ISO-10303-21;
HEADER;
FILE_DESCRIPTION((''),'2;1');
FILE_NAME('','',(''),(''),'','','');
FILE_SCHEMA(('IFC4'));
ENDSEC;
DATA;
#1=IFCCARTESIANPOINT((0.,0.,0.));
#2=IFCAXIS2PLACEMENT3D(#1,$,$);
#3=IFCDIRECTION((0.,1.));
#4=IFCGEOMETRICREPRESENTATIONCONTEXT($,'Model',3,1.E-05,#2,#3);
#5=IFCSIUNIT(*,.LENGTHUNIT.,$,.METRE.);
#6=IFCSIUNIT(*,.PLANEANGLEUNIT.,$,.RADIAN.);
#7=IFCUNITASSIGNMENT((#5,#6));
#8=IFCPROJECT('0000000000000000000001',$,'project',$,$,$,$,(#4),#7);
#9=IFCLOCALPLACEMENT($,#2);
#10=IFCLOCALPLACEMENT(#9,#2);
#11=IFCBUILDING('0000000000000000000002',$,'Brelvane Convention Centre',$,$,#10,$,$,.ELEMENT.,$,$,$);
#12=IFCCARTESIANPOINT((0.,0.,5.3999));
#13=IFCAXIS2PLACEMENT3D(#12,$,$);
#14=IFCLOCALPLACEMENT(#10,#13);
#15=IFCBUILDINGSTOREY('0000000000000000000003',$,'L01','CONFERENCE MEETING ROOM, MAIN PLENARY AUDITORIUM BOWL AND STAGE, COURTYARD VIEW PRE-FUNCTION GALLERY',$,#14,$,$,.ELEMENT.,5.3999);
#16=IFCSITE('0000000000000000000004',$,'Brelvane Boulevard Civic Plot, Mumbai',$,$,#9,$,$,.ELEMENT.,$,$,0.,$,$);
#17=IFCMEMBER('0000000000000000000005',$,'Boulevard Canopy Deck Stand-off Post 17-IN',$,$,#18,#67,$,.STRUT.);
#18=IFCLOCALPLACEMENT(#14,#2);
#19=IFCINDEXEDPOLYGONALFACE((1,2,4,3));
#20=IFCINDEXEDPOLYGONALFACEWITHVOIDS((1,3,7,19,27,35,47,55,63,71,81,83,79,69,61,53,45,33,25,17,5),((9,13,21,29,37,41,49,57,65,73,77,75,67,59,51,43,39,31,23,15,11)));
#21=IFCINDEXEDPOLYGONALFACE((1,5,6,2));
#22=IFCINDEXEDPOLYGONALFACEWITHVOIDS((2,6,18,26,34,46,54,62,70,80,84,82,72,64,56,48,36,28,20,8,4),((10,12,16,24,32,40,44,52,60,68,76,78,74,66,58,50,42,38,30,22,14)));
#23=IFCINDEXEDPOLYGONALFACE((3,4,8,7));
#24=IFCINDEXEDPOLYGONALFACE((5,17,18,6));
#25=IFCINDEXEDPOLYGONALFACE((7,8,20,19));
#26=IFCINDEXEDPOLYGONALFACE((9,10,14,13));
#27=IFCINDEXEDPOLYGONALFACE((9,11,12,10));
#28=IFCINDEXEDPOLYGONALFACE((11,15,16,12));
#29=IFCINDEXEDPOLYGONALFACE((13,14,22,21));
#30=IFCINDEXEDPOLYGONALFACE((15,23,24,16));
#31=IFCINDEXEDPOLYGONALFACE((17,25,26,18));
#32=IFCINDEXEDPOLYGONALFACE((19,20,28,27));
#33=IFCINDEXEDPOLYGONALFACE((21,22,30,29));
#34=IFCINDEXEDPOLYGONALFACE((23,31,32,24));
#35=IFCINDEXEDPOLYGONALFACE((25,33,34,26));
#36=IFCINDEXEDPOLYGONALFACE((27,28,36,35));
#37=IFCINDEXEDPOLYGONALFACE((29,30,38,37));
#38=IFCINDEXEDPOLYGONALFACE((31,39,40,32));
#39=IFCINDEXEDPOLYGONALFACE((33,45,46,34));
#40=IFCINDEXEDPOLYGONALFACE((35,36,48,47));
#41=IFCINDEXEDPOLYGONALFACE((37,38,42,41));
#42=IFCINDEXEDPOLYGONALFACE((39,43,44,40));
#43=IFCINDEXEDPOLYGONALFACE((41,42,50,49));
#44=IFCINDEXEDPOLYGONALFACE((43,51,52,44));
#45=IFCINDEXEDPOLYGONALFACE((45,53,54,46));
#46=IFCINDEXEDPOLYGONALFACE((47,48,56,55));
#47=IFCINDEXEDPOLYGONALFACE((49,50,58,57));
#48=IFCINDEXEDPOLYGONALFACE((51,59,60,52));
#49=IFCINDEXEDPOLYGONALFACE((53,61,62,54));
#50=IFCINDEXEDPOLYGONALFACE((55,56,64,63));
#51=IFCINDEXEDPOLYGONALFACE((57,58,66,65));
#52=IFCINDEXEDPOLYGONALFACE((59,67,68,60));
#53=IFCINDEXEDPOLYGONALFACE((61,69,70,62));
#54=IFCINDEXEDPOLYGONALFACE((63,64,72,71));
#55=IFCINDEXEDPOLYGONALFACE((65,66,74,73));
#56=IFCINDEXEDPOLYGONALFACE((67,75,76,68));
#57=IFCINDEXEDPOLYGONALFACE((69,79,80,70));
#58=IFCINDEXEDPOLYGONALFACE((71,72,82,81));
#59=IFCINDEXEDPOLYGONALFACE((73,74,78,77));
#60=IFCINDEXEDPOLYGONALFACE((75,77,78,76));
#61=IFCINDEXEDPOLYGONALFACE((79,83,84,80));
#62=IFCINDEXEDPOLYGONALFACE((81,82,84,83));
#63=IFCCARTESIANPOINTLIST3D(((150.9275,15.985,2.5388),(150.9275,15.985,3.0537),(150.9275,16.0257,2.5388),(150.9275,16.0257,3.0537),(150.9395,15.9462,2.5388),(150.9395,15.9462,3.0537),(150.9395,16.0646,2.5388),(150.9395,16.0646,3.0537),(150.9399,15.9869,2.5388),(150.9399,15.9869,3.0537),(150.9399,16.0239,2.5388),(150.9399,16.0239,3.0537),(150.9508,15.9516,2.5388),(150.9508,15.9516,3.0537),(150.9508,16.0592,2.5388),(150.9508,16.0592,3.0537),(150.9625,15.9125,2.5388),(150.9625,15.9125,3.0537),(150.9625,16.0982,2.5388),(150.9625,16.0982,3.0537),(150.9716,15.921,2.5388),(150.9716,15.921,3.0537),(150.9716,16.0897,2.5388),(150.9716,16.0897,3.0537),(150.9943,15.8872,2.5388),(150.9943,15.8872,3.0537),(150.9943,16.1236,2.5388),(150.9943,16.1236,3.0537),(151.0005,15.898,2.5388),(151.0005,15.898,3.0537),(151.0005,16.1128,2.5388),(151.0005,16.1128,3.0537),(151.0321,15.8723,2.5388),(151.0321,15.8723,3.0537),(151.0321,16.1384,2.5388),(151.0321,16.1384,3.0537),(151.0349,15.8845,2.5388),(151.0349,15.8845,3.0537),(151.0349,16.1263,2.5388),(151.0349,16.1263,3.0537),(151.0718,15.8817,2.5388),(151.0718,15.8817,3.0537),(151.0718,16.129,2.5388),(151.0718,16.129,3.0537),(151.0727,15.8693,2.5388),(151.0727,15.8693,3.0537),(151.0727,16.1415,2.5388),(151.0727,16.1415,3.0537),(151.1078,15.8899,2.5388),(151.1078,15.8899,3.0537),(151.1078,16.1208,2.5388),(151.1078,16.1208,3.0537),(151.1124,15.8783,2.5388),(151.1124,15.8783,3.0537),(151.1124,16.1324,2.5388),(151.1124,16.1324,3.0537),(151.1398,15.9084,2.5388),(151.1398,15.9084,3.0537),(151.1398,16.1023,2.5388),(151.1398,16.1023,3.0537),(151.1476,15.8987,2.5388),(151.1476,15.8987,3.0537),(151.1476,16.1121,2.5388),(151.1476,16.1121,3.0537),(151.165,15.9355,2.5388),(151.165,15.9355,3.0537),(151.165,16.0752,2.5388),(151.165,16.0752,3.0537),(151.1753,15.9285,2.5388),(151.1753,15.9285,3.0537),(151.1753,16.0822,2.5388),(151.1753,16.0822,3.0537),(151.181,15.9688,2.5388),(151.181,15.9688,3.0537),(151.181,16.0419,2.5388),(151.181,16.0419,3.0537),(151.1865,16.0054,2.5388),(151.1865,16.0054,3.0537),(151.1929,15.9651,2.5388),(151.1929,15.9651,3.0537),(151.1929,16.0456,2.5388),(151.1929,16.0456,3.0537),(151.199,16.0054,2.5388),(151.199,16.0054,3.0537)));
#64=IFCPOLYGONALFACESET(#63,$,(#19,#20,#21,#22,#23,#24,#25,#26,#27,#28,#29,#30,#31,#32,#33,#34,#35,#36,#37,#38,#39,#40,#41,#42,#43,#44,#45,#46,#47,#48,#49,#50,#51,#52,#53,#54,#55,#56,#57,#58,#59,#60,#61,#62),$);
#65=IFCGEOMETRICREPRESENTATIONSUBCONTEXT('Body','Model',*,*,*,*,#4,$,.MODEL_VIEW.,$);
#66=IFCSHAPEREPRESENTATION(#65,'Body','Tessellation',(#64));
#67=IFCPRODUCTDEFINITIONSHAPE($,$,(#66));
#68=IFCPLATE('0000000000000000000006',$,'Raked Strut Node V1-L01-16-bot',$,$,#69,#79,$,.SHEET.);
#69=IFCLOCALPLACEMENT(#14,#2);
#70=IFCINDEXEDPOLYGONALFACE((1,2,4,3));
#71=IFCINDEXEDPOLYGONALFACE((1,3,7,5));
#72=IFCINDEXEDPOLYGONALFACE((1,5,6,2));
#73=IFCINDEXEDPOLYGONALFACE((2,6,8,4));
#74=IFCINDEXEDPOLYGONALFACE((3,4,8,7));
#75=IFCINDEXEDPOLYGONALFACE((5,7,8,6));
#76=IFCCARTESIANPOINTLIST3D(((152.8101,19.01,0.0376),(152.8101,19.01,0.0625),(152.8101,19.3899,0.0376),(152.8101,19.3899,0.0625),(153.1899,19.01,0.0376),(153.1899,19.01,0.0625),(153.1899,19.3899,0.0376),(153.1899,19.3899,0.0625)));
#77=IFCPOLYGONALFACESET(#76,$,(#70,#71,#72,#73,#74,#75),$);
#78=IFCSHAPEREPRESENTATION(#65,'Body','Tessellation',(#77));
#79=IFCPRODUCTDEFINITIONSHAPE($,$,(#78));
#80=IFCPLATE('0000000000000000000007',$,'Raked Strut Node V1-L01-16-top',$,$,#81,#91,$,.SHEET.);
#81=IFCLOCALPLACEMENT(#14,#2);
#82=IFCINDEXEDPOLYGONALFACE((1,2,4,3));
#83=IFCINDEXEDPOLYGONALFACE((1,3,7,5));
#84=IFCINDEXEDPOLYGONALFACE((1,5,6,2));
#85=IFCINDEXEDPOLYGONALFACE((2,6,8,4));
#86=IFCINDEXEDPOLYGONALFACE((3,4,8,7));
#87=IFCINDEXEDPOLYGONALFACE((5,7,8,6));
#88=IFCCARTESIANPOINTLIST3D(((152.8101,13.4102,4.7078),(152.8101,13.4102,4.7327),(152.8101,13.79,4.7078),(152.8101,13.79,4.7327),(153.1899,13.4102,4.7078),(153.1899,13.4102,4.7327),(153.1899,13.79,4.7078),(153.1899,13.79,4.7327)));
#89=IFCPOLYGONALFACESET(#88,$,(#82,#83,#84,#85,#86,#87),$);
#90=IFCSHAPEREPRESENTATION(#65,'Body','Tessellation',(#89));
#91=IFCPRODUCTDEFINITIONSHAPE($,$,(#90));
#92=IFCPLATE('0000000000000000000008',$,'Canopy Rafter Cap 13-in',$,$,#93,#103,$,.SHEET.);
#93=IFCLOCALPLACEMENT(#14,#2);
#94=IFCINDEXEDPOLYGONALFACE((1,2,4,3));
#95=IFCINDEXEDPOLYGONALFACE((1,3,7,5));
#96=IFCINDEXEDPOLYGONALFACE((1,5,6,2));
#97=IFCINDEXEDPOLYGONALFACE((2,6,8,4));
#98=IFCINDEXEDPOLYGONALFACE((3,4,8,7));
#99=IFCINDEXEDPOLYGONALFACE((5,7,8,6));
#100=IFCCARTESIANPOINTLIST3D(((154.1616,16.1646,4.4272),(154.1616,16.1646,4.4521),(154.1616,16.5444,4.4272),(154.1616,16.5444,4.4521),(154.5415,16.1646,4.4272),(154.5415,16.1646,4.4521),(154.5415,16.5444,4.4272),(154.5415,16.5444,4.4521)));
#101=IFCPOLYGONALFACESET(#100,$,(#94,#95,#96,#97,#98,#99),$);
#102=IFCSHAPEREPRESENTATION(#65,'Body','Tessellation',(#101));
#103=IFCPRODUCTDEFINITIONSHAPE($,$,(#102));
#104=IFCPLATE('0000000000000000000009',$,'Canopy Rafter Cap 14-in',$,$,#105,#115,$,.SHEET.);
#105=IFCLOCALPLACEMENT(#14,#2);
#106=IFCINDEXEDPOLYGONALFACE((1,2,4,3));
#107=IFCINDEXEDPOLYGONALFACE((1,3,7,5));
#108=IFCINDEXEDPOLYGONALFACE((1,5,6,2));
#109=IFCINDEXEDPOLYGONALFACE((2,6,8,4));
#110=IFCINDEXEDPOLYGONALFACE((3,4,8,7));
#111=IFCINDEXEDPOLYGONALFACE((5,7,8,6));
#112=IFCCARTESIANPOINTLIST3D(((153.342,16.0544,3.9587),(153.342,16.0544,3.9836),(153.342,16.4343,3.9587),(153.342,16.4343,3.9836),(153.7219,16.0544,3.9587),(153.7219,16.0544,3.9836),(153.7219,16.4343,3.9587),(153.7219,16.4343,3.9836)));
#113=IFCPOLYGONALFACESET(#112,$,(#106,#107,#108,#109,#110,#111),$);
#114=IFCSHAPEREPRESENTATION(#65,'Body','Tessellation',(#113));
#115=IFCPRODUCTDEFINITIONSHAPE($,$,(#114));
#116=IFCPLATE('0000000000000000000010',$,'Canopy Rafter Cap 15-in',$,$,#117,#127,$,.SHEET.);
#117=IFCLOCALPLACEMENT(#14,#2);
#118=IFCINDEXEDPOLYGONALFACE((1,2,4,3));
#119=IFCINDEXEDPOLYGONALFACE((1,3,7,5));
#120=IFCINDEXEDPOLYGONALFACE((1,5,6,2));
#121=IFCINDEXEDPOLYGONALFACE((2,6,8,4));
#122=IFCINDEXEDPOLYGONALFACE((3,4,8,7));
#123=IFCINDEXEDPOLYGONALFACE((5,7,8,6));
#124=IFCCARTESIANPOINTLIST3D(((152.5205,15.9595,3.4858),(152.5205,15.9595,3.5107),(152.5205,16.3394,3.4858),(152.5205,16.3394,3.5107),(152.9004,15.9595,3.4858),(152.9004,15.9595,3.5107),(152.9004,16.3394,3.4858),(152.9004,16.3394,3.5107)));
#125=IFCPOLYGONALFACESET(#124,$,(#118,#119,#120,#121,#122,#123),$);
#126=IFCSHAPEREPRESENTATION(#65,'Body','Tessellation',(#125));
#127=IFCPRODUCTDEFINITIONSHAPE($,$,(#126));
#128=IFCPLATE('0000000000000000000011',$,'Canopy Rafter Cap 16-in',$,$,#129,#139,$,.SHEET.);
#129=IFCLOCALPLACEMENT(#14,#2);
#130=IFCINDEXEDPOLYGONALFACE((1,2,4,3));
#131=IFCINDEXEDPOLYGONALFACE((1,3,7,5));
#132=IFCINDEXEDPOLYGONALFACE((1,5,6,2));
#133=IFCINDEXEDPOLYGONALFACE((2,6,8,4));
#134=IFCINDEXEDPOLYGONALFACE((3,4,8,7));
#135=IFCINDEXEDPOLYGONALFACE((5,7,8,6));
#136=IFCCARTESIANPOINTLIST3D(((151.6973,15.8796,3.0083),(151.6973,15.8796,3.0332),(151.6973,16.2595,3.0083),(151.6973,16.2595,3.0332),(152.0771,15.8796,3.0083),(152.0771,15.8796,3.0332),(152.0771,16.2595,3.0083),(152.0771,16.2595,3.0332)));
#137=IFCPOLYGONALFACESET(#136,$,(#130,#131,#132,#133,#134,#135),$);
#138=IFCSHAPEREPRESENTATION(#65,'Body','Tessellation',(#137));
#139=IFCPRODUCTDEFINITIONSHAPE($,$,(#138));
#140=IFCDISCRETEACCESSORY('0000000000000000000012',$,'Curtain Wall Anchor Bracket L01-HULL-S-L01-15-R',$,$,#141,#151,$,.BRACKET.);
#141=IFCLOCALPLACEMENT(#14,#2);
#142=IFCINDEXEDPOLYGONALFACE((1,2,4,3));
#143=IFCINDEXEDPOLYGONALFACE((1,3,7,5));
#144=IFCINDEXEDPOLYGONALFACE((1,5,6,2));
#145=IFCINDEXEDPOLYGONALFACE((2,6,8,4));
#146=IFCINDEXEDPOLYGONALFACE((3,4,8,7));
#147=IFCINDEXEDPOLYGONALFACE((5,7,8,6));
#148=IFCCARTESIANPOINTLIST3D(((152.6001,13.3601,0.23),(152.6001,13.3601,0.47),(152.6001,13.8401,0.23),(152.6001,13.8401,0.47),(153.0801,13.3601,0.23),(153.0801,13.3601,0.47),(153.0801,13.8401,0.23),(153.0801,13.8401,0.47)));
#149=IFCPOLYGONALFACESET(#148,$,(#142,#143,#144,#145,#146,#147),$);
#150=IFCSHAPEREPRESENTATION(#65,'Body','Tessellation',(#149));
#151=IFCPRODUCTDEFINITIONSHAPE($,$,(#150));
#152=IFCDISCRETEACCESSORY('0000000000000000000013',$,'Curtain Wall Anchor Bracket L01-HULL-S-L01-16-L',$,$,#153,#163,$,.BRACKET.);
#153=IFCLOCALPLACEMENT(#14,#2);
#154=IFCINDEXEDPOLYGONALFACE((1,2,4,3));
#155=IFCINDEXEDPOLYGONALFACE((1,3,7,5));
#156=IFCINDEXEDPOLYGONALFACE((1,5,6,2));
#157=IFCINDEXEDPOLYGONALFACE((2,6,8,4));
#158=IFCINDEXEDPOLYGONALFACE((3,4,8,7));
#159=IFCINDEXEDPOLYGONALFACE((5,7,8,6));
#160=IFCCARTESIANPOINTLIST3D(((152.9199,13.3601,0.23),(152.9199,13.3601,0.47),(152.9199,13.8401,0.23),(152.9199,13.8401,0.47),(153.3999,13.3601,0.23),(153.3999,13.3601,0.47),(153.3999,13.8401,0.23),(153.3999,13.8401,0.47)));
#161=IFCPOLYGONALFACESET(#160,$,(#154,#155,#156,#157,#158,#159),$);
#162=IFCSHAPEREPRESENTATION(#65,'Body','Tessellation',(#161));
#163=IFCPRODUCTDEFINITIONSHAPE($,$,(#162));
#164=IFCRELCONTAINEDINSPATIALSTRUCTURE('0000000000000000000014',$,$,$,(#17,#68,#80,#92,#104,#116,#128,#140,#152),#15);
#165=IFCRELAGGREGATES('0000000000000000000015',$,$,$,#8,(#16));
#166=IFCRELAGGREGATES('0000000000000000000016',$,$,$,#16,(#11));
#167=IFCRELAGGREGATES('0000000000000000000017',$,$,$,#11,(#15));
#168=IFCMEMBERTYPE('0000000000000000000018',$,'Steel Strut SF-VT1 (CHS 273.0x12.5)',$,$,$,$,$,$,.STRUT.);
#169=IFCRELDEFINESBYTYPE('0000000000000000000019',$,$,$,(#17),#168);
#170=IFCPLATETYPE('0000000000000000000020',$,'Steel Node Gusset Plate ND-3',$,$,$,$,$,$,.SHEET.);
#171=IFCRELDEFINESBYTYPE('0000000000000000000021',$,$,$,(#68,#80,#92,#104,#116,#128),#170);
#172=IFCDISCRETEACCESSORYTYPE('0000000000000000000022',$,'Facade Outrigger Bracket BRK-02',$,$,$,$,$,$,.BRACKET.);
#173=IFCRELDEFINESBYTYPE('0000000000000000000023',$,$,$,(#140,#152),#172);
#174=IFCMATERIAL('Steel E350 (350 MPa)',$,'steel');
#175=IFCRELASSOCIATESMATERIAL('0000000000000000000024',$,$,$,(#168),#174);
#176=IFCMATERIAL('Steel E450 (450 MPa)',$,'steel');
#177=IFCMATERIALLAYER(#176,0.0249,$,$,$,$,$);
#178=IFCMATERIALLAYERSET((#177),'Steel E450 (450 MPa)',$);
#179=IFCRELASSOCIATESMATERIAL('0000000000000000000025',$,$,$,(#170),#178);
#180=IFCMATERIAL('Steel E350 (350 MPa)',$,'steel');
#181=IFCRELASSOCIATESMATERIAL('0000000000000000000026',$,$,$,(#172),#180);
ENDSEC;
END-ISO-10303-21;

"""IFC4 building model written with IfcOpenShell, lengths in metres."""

from ifc_helpers import new_model, si_unit, direction, frame, origin, origin_2d, place, context, subcontext, project, spatial, rectangle, hollow_circle, extrude, material, layer, layer_set, material_profile, profile_set, type_object, element, save


model = new_model("IFC4")

# Units and contexts
model_context = context("Model", 3, precision=1e-05, world=origin(), true_north=direction((0.0, 1.0)))
body_context = subcontext(model_context, "Body", "Model", "MODEL_VIEW")
ifc_project = project(units=[si_unit("LENGTHUNIT", "METRE"), si_unit("PLANEANGLEUNIT", "RADIAN")], contexts=[model_context])

# Site, building, storey
site_placement = place(None, origin())
site = spatial("IfcSite", under=ifc_project, at=site_placement, Name="Brelvane Boulevard Civic Plot, Mumbai", CompositionType="ELEMENT", RefElevation=0.0)
building_placement = place(site_placement, origin())
building = spatial("IfcBuilding", under=site, at=building_placement, Name="Brelvane Convention Centre", CompositionType="ELEMENT")
storey_placement = place(building_placement, frame((0.0, 0.0, 5.3999)))
storey = spatial("IfcBuildingStorey", under=building, at=storey_placement, Name="L01", Description="CONFERENCE MEETING ROOM, MAIN PLENARY AUDITORIUM BOWL AND STAGE, COURTYARD VIEW PRE-FUNCTION GALLERY", CompositionType="ELEMENT", Elevation=5.3999)

# Member
ifc_material_1 = material(Name="Steel E350 (350 MPa)", Category="steel")
ifc_material_profile_1 = material_profile(ifc_material_1, hollow_circle(Radius=0.1365, WallThickness=0.0125, at=origin_2d()), Name="CHS 273.0x12.5")
ifc_profile_set_1 = profile_set([ifc_material_profile_1], Name="Steel E350 (350 MPa)")
member_type_1 = type_object("IfcMemberType", Name="Steel Strut SF-VT1 (CHS 273.0x12.5)", PredefinedType="STRUT", material=ifc_profile_set_1)
for number, where, z_axis, x_axis, name in (
    (1, (151.0625, 16.0054, 2.5388), (0.0, 0.0, 1.0), (1.0, 0.0, 0.0), "Boulevard Canopy Deck Stand-off Post 17-IN"),
):
    element("IfcMember", number, at=place(storey_placement, frame(where, z_axis=z_axis, x_axis=x_axis)), inside=storey, type_object=member_type_1, Name=name, PredefinedType="STRUT", context=body_context, shape_type="SweptSolid", body=[
        extrude(hollow_circle(Radius=0.1365, WallThickness=0.0125, at=origin_2d()), origin(), (0.0, 0.0, 1.0), 0.5149),
    ])

# Plates
ifc_material_2 = material(Name="Steel E450 (450 MPa)", Category="steel")
ifc_layer = layer(ifc_material_2, 0.0249)
ifc_layer_set = layer_set([ifc_layer], Name="Steel E450 (450 MPa)")
plate_type = type_object("IfcPlateType", Name="Steel Node Gusset Plate ND-3", PredefinedType="SHEET", material=ifc_layer_set)
for number, where, z_axis, x_axis, name in (
    (2, (153.0, 19.2, 0.0376), (0.0, 0.0, 1.0), (1.0, 0.0, 0.0), "Raked Strut Node V1-L01-16-bot"),
    (3, (153.0, 13.6001, 4.7078), (0.0, 0.0, 1.0), (1.0, 0.0, 0.0), "Raked Strut Node V1-L01-16-top"),
    (4, (154.3516, 16.3545, 4.4272), (0.0, 0.0, 1.0), (1.0, 0.0, 0.0), "Canopy Rafter Cap 13-in"),
    (5, (153.532, 16.2444, 3.9587), (0.0, 0.0, 1.0), (1.0, 0.0, 0.0), "Canopy Rafter Cap 14-in"),
    (6, (152.7104, 16.1494, 3.4858), (0.0, 0.0, 1.0), (1.0, 0.0, 0.0), "Canopy Rafter Cap 15-in"),
    (7, (151.8872, 16.0696, 3.0083), (0.0, 0.0, 1.0), (1.0, 0.0, 0.0), "Canopy Rafter Cap 16-in"),
):
    element("IfcPlate", number, at=place(storey_placement, frame(where, z_axis=z_axis, x_axis=x_axis)), inside=storey, type_object=plate_type, Name=name, PredefinedType="SHEET", context=body_context, shape_type="SweptSolid", body=[
        extrude(rectangle(XDim=0.3799, YDim=0.3799, at=origin_2d()), origin(), (0.0, 0.0, 1.0), 0.0249),
    ])

# Discrete accessories
ifc_material_3 = material(Name="Steel E350 (350 MPa)", Category="steel")
discrete_accessory_type = type_object("IfcDiscreteAccessoryType", Name="Facade Outrigger Bracket BRK-02", PredefinedType="BRACKET", material=ifc_material_3)
for number, where, z_axis, x_axis, name in (
    (8, (152.8401, 13.6001, 0.23), (0.0, 0.0, 1.0), (1.0, 0.0, 0.0), "Curtain Wall Anchor Bracket L01-HULL-S-L01-15-R"),
    (9, (153.1599, 13.6001, 0.23), (0.0, 0.0, 1.0), (1.0, 0.0, 0.0), "Curtain Wall Anchor Bracket L01-HULL-S-L01-16-L"),
):
    element("IfcDiscreteAccessory", number, at=place(storey_placement, frame(where, z_axis=z_axis, x_axis=x_axis)), inside=storey, type_object=discrete_accessory_type, Name=name, PredefinedType="BRACKET", context=body_context, shape_type="SweptSolid", body=[
        extrude(rectangle(XDim=0.48, YDim=0.48, at=origin_2d()), origin(), (0.0, 0.0, 1.0), 0.24),
    ])

save(model, "model.ifc")
